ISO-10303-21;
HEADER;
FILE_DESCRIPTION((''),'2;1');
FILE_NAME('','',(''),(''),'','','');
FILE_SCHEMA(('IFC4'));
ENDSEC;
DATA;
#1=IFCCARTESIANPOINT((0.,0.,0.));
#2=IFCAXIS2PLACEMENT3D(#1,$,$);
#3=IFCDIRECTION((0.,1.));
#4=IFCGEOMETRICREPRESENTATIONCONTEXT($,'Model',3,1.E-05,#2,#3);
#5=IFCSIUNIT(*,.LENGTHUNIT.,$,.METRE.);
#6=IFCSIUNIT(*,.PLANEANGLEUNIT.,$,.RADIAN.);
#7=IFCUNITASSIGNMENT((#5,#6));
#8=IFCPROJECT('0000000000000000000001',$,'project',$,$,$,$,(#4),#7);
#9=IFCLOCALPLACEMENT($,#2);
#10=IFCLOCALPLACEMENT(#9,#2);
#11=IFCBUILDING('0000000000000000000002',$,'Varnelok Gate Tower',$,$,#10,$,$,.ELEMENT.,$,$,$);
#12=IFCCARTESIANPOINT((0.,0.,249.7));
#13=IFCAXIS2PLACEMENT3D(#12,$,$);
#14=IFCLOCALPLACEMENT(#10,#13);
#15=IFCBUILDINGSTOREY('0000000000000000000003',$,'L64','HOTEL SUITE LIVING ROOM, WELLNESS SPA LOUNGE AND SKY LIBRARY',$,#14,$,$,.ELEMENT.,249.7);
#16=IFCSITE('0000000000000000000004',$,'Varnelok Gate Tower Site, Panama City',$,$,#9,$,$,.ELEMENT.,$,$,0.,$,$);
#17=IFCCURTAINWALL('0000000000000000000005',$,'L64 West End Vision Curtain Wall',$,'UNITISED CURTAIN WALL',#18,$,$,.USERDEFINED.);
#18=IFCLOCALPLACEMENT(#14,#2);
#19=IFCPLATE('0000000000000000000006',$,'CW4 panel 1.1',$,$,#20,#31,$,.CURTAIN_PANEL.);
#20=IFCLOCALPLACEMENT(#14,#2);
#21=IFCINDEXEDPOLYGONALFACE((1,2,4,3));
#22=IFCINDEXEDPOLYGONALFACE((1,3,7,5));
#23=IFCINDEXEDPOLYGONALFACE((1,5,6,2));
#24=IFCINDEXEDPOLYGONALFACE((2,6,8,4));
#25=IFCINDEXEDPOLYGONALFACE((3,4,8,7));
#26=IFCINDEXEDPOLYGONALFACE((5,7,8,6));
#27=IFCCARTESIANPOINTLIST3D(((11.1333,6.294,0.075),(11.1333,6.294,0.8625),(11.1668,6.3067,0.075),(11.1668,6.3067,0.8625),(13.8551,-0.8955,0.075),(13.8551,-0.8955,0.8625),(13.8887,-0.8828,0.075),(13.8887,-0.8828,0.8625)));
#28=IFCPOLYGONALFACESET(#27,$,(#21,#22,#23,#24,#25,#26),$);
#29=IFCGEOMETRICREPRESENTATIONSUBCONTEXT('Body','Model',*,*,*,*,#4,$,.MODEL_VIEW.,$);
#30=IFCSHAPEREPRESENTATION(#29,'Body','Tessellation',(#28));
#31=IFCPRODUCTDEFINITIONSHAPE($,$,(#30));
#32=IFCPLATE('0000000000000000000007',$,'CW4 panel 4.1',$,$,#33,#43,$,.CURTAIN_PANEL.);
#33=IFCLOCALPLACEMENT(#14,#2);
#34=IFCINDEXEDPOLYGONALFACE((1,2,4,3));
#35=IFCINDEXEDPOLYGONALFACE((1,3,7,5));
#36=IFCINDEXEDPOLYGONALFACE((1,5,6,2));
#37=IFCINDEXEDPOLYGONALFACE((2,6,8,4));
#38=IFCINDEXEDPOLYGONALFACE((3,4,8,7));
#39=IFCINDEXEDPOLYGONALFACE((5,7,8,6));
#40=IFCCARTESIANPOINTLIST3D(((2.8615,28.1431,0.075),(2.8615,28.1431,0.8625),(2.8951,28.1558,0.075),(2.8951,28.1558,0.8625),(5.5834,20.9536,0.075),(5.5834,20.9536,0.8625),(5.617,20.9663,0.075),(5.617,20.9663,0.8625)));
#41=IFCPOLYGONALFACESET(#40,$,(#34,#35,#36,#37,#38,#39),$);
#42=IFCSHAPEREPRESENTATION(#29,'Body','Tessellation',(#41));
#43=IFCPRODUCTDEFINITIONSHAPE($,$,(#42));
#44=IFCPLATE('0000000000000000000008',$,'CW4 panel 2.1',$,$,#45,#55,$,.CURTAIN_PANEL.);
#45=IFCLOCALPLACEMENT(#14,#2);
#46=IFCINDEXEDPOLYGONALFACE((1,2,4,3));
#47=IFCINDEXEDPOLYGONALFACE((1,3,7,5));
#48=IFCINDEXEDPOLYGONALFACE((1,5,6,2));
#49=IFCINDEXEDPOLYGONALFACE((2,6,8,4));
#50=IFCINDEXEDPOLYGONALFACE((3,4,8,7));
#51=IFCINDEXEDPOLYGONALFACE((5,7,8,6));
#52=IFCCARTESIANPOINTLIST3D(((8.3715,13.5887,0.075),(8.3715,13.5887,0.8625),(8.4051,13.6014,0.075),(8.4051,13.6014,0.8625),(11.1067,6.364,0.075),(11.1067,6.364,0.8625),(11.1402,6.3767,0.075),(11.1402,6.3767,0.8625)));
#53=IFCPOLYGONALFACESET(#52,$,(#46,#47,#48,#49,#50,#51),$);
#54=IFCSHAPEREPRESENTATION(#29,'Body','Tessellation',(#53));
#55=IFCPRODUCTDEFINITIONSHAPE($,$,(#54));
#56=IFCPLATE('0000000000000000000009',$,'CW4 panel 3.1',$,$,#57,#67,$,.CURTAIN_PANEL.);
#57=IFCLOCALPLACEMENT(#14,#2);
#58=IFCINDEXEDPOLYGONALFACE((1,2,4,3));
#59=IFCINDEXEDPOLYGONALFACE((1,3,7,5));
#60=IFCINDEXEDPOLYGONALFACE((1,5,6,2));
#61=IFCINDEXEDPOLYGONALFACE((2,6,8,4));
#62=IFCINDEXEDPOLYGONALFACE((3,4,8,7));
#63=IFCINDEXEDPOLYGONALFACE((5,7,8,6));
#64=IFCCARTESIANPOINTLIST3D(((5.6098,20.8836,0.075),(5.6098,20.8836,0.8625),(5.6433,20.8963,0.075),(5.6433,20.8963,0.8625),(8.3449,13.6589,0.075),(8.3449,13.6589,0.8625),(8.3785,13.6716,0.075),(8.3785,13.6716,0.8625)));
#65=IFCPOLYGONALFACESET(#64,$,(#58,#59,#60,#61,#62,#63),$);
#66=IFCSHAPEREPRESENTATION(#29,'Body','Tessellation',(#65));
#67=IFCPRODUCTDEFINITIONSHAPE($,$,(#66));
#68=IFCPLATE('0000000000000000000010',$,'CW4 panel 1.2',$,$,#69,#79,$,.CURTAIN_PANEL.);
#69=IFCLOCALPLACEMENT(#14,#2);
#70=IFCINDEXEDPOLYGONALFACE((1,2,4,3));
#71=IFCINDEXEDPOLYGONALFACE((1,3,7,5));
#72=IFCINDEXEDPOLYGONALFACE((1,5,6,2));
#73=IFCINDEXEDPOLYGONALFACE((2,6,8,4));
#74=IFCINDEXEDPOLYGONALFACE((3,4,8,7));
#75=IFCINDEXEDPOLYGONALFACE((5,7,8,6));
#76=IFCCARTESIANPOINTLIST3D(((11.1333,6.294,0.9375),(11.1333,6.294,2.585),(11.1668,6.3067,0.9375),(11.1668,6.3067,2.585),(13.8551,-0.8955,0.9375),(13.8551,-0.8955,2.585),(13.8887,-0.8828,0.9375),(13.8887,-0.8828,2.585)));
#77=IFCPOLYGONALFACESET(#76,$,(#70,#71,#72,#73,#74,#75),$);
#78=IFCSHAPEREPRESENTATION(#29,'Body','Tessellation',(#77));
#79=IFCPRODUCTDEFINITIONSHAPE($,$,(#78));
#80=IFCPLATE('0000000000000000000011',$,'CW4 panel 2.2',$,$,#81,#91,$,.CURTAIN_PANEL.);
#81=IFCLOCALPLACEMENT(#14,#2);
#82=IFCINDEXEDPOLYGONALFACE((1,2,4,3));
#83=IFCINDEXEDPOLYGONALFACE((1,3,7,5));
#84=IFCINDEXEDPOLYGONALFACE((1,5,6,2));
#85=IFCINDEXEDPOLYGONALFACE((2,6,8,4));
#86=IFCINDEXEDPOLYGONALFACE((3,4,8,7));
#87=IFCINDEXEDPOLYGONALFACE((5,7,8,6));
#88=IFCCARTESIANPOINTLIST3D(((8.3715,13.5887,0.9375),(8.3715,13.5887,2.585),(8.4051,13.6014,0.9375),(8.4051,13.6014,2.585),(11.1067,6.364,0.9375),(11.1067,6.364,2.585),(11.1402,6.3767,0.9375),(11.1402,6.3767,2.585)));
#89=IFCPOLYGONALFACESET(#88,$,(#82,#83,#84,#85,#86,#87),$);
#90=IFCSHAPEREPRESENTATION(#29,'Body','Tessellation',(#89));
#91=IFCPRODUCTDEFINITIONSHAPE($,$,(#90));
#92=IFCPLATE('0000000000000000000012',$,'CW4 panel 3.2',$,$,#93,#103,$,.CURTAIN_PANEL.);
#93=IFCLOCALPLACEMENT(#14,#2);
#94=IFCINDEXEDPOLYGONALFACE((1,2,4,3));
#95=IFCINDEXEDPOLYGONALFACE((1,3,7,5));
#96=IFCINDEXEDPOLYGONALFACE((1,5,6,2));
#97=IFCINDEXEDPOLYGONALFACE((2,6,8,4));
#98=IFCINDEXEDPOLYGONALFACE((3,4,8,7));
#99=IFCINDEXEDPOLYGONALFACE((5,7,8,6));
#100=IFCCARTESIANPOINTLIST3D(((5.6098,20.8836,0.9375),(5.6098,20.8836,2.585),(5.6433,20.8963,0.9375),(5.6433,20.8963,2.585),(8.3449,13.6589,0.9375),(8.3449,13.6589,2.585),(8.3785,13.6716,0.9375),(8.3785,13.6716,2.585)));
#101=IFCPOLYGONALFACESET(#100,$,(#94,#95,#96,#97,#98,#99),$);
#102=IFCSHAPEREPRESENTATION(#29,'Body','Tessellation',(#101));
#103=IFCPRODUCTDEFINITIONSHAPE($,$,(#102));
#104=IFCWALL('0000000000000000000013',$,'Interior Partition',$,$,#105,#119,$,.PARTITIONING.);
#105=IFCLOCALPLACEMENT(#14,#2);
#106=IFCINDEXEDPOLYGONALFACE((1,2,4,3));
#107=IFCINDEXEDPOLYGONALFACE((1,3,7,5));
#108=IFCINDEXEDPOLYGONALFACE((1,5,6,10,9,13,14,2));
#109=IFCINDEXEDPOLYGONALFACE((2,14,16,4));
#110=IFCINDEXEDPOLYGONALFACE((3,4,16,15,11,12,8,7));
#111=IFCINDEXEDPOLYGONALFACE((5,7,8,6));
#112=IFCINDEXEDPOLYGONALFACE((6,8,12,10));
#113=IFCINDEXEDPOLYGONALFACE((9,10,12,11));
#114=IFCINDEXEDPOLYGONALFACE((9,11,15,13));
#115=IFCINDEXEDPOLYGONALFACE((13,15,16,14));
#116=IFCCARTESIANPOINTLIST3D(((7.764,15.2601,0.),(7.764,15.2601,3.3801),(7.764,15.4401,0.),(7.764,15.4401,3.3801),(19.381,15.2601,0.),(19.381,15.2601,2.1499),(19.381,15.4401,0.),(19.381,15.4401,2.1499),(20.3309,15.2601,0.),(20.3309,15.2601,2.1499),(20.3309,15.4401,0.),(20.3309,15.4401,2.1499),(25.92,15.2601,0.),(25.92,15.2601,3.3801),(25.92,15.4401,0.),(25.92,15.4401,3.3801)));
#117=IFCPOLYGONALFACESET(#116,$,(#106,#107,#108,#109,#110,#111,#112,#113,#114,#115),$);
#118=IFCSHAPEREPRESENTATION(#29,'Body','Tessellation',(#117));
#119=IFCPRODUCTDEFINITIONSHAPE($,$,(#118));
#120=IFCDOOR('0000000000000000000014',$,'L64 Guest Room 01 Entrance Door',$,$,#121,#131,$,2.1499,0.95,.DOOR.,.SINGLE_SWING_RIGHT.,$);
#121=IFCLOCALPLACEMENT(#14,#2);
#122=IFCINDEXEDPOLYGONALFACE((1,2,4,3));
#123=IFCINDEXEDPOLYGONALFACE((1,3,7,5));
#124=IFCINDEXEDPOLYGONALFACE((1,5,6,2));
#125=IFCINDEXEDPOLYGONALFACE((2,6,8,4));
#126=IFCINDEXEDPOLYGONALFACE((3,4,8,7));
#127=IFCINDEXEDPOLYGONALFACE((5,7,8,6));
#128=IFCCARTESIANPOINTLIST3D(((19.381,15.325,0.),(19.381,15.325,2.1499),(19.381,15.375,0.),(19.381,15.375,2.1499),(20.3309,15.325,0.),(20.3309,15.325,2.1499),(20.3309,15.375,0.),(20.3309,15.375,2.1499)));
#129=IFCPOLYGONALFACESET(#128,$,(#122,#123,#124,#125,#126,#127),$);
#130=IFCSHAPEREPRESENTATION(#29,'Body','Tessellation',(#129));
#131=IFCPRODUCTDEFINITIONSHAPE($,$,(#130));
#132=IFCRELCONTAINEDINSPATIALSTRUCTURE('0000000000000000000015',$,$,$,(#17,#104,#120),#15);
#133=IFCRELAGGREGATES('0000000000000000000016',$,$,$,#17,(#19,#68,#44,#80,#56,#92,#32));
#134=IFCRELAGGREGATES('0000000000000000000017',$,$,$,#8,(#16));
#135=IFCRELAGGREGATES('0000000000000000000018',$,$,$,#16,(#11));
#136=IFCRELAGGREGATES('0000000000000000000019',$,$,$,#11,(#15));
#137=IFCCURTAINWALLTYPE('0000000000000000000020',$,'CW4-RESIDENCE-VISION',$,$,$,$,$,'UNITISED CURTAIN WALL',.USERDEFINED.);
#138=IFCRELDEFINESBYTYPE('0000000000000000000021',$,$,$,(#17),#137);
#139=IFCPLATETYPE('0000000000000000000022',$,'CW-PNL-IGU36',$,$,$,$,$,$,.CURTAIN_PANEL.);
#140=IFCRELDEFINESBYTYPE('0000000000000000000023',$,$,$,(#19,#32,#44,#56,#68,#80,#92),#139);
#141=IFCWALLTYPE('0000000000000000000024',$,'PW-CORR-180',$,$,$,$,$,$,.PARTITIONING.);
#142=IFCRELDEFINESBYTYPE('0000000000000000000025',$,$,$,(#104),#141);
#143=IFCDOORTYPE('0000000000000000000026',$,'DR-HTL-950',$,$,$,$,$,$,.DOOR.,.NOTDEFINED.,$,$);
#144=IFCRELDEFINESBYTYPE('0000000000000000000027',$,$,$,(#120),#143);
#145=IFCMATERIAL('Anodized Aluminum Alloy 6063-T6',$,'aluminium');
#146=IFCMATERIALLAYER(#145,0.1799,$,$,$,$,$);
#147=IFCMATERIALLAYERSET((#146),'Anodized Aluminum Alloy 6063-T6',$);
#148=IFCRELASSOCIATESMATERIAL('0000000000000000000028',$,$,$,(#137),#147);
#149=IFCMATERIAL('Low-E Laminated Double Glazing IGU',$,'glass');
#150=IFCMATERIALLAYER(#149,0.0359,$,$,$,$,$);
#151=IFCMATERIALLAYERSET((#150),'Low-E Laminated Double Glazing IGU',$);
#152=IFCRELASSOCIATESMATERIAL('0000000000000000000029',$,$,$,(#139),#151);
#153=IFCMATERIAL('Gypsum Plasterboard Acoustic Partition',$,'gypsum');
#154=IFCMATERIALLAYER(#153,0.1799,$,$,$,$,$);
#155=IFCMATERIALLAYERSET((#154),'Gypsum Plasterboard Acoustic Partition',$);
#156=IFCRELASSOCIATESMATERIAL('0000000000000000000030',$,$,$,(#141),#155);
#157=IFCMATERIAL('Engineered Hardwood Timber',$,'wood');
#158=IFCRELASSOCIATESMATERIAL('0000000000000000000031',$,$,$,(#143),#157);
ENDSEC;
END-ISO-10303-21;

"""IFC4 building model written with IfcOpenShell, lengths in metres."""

from ifc_helpers import new_model, si_unit, direction, frame, frame_2d, origin, origin_2d, place, context, subcontext, project, spatial, rectangle, extrude, source, transform, mapped, material, layer, layer_set, type_object, element, fill, aggregate, save


model = new_model("IFC4")

# Units and contexts
model_context = context("Model", 3, precision=1e-05, world=origin(), true_north=direction((0.0, 1.0)))
body_context = subcontext(model_context, "Body", "Model", "MODEL_VIEW")
ifc_project = project(units=[si_unit("LENGTHUNIT", "METRE"), si_unit("PLANEANGLEUNIT", "RADIAN")], contexts=[model_context])

# Site, building, storey
site_placement = place(None, origin())
site = spatial("IfcSite", under=ifc_project, at=site_placement, Name="Varnelok Gate Tower Site, Panama City", CompositionType="ELEMENT", RefElevation=0.0)
building_placement = place(site_placement, origin())
building = spatial("IfcBuilding", under=site, at=building_placement, Name="Varnelok Gate Tower", CompositionType="ELEMENT")
storey_placement = place(building_placement, frame((0.0, 0.0, 249.7)))
storey = spatial("IfcBuildingStorey", under=building, at=storey_placement, Name="L64", Description="HOTEL SUITE LIVING ROOM, WELLNESS SPA LOUNGE AND SKY LIBRARY", CompositionType="ELEMENT", Elevation=249.7)

# Curtain wall
ifc_material_1 = material(Name="Anodized Aluminum Alloy 6063-T6", Category="aluminium")
ifc_layer_1 = layer(ifc_material_1, 0.1799)
ifc_layer_set_1 = layer_set([ifc_layer_1], Name="Anodized Aluminum Alloy 6063-T6")
curtain_wall_type = type_object("IfcCurtainWallType", Name="CW4-RESIDENCE-VISION", ElementType="UNITISED CURTAIN WALL", PredefinedType="USERDEFINED", material=ifc_layer_set_1)
curtain_wall_placement = place(storey_placement, origin())
curtain_wall = element("IfcCurtainWall", 1, at=curtain_wall_placement, inside=storey, type_object=curtain_wall_type, Name="L64 West End Vision Curtain Wall", ObjectType="UNITISED CURTAIN WALL", PredefinedType="USERDEFINED")

# Plates
ifc_material_2 = material(Name="Low-E Laminated Double Glazing IGU", Category="glass")
ifc_layer_2 = layer(ifc_material_2, 0.0359)
ifc_layer_set_2 = layer_set([ifc_layer_2], Name="Low-E Laminated Double Glazing IGU")
plate_type = type_object("IfcPlateType", Name="CW-PNL-IGU36", PredefinedType="CURTAIN_PANEL", material=ifc_layer_set_2)
shared_shape_1 = source(origin(), body_context, "Body", "SweptSolid", [
    extrude(rectangle(XDim=7.6875, YDim=0.0359, at=origin_2d()), origin(), (0.0, 0.0, 1.0), 0.7876),
])
plate_1_placement = place(storey_placement, frame((12.511, 2.7056, 0.075), z_axis=(0.0, 0.0, 1.0), x_axis=(-0.354063, 0.935222, 0.0)))
plate_1 = element("IfcPlate", 2, at=plate_1_placement, type_object=plate_type, Name="CW4 panel 1.1", PredefinedType="CURTAIN_PANEL", context=body_context, shape_type="MappedRepresentation", body=[
    mapped(shared_shape_1, transform((0.0, 0.0, 0.0), scale=1.0)),
])
plate_2_placement = place(storey_placement, frame((4.2393, 24.5547, 0.075), z_axis=(0.0, 0.0, 1.0), x_axis=(-0.354063, 0.935222, 0.0)))
plate_2 = element("IfcPlate", 3, at=plate_2_placement, type_object=plate_type, Name="CW4 panel 4.1", PredefinedType="CURTAIN_PANEL", context=body_context, shape_type="MappedRepresentation", body=[
    mapped(shared_shape_1, transform((0.0, 0.0, 0.0), scale=1.0)),
])
shared_shape_2 = source(origin(), body_context, "Body", "SweptSolid", [
    extrude(rectangle(XDim=7.7251, YDim=0.0359, at=origin_2d()), origin(), (0.0, 0.0, 1.0), 0.7876),
])
plate_3_placement = place(storey_placement, frame((9.7559, 9.9827, 0.075), z_axis=(0.0, 0.0, 1.0), x_axis=(-0.354063, 0.935222, 0.0)))
plate_3 = element("IfcPlate", 4, at=plate_3_placement, type_object=plate_type, Name="CW4 panel 2.1", PredefinedType="CURTAIN_PANEL", context=body_context, shape_type="MappedRepresentation", body=[
    mapped(shared_shape_2, transform((0.0, 0.0, 0.0), scale=1.0)),
])
plate_4_placement = place(storey_placement, frame((6.9941, 17.2776, 0.075), z_axis=(0.0, 0.0, 1.0), x_axis=(-0.354063, 0.935222, 0.0)))
plate_4 = element("IfcPlate", 5, at=plate_4_placement, type_object=plate_type, Name="CW4 panel 3.1", PredefinedType="CURTAIN_PANEL", context=body_context, shape_type="MappedRepresentation", body=[
    mapped(shared_shape_2, transform((0.0, 0.0, 0.0), scale=1.0)),
])
shared_shape_3 = source(origin(), body_context, "Body", "SweptSolid", [
    extrude(rectangle(XDim=7.6875, YDim=0.0359, at=origin_2d()), origin(), (0.0, 0.0, 1.0), 1.6475),
])
plate_5_placement = place(storey_placement, frame((12.511, 2.7056, 0.9375), z_axis=(0.0, 0.0, 1.0), x_axis=(-0.354063, 0.935222, 0.0)))
plate_5 = element("IfcPlate", 6, at=plate_5_placement, type_object=plate_type, Name="CW4 panel 1.2", PredefinedType="CURTAIN_PANEL", context=body_context, shape_type="MappedRepresentation", body=[
    mapped(shared_shape_3, transform((0.0, 0.0, 0.0), scale=1.0)),
])
shared_shape_4 = source(origin(), body_context, "Body", "SweptSolid", [
    extrude(rectangle(XDim=7.7251, YDim=0.0359, at=origin_2d()), origin(), (0.0, 0.0, 1.0), 1.6475),
])
plate_6_placement = place(storey_placement, frame((9.7559, 9.9827, 0.9375), z_axis=(0.0, 0.0, 1.0), x_axis=(-0.354063, 0.935222, 0.0)))
plate_6 = element("IfcPlate", 7, at=plate_6_placement, type_object=plate_type, Name="CW4 panel 2.2", PredefinedType="CURTAIN_PANEL", context=body_context, shape_type="MappedRepresentation", body=[
    mapped(shared_shape_4, transform((0.0, 0.0, 0.0), scale=1.0)),
])
plate_7_placement = place(storey_placement, frame((6.9941, 17.2776, 0.9375), z_axis=(0.0, 0.0, 1.0), x_axis=(-0.354063, 0.935222, 0.0)))
plate_7 = element("IfcPlate", 8, at=plate_7_placement, type_object=plate_type, Name="CW4 panel 3.2", PredefinedType="CURTAIN_PANEL", context=body_context, shape_type="MappedRepresentation", body=[
    mapped(shared_shape_4, transform((0.0, 0.0, 0.0), scale=1.0)),
])
aggregate(curtain_wall, [plate_1, plate_5, plate_3, plate_6, plate_4, plate_7, plate_2])

# Wall, opening, door
ifc_material_3 = material(Name="Gypsum Plasterboard Acoustic Partition", Category="gypsum")
ifc_layer_3 = layer(ifc_material_3, 0.1799)
ifc_layer_set_3 = layer_set([ifc_layer_3], Name="Gypsum Plasterboard Acoustic Partition")
wall_type = type_object("IfcWallType", Name="PW-CORR-180", PredefinedType="PARTITIONING", material=ifc_layer_set_3)
wall_placement = place(storey_placement, frame((7.7639, 15.3501, 0.0), z_axis=(0.0, 0.0, 1.0), x_axis=(1.0, 0.0, 0.0)))
wall = element("IfcWall", 9, at=wall_placement, inside=storey, type_object=wall_type, Name="Interior Partition", PredefinedType="PARTITIONING", context=body_context, shape_type="SweptSolid", body=[
    extrude(rectangle(XDim=18.156, YDim=0.1799, at=frame_2d((9.0781, 0.0))), origin(), (0.0, 0.0, 1.0), 3.3801),
])
opening_placement = place(wall_placement, frame((11.6169, 0.0, 0.0)))
opening = element("IfcOpeningElement", 10, at=opening_placement, cuts=wall, PredefinedType="OPENING", context=body_context, shape_type="SweptSolid", body=[
    extrude(rectangle(XDim=0.95, YDim=2.1499, at=frame_2d((0.4751, 1.075))), frame((0.0, 0.0999, 0.0), z_axis=(0.0, -1.0, 0.0), x_axis=(1.0, 0.0, 0.0)), (0.0, 0.0, 1.0), 0.2),
])
ifc_material_4 = material(Name="Engineered Hardwood Timber", Category="wood")
door_type = type_object("IfcDoorType", Name="DR-HTL-950", OperationType="NOTDEFINED", PredefinedType="DOOR", material=ifc_material_4)
door_placement = place(opening_placement, origin())
door = element("IfcDoor", 11, at=door_placement, inside=storey, type_object=door_type, Name="L64 Guest Room 01 Entrance Door", OperationType="SINGLE_SWING_RIGHT", OverallHeight=2.1499, OverallWidth=0.95, PredefinedType="DOOR", context=body_context, shape_type="SweptSolid", body=[
    extrude(rectangle(XDim=0.95, YDim=2.1499, at=frame_2d((0.4751, 1.075))), frame((0.0, 0.0249, 0.0), z_axis=(0.0, -1.0, 0.0), x_axis=(1.0, 0.0, 0.0)), (0.0, 0.0, 1.0), 0.05),
])
fill(opening, door)

save(model, "model.ifc")
